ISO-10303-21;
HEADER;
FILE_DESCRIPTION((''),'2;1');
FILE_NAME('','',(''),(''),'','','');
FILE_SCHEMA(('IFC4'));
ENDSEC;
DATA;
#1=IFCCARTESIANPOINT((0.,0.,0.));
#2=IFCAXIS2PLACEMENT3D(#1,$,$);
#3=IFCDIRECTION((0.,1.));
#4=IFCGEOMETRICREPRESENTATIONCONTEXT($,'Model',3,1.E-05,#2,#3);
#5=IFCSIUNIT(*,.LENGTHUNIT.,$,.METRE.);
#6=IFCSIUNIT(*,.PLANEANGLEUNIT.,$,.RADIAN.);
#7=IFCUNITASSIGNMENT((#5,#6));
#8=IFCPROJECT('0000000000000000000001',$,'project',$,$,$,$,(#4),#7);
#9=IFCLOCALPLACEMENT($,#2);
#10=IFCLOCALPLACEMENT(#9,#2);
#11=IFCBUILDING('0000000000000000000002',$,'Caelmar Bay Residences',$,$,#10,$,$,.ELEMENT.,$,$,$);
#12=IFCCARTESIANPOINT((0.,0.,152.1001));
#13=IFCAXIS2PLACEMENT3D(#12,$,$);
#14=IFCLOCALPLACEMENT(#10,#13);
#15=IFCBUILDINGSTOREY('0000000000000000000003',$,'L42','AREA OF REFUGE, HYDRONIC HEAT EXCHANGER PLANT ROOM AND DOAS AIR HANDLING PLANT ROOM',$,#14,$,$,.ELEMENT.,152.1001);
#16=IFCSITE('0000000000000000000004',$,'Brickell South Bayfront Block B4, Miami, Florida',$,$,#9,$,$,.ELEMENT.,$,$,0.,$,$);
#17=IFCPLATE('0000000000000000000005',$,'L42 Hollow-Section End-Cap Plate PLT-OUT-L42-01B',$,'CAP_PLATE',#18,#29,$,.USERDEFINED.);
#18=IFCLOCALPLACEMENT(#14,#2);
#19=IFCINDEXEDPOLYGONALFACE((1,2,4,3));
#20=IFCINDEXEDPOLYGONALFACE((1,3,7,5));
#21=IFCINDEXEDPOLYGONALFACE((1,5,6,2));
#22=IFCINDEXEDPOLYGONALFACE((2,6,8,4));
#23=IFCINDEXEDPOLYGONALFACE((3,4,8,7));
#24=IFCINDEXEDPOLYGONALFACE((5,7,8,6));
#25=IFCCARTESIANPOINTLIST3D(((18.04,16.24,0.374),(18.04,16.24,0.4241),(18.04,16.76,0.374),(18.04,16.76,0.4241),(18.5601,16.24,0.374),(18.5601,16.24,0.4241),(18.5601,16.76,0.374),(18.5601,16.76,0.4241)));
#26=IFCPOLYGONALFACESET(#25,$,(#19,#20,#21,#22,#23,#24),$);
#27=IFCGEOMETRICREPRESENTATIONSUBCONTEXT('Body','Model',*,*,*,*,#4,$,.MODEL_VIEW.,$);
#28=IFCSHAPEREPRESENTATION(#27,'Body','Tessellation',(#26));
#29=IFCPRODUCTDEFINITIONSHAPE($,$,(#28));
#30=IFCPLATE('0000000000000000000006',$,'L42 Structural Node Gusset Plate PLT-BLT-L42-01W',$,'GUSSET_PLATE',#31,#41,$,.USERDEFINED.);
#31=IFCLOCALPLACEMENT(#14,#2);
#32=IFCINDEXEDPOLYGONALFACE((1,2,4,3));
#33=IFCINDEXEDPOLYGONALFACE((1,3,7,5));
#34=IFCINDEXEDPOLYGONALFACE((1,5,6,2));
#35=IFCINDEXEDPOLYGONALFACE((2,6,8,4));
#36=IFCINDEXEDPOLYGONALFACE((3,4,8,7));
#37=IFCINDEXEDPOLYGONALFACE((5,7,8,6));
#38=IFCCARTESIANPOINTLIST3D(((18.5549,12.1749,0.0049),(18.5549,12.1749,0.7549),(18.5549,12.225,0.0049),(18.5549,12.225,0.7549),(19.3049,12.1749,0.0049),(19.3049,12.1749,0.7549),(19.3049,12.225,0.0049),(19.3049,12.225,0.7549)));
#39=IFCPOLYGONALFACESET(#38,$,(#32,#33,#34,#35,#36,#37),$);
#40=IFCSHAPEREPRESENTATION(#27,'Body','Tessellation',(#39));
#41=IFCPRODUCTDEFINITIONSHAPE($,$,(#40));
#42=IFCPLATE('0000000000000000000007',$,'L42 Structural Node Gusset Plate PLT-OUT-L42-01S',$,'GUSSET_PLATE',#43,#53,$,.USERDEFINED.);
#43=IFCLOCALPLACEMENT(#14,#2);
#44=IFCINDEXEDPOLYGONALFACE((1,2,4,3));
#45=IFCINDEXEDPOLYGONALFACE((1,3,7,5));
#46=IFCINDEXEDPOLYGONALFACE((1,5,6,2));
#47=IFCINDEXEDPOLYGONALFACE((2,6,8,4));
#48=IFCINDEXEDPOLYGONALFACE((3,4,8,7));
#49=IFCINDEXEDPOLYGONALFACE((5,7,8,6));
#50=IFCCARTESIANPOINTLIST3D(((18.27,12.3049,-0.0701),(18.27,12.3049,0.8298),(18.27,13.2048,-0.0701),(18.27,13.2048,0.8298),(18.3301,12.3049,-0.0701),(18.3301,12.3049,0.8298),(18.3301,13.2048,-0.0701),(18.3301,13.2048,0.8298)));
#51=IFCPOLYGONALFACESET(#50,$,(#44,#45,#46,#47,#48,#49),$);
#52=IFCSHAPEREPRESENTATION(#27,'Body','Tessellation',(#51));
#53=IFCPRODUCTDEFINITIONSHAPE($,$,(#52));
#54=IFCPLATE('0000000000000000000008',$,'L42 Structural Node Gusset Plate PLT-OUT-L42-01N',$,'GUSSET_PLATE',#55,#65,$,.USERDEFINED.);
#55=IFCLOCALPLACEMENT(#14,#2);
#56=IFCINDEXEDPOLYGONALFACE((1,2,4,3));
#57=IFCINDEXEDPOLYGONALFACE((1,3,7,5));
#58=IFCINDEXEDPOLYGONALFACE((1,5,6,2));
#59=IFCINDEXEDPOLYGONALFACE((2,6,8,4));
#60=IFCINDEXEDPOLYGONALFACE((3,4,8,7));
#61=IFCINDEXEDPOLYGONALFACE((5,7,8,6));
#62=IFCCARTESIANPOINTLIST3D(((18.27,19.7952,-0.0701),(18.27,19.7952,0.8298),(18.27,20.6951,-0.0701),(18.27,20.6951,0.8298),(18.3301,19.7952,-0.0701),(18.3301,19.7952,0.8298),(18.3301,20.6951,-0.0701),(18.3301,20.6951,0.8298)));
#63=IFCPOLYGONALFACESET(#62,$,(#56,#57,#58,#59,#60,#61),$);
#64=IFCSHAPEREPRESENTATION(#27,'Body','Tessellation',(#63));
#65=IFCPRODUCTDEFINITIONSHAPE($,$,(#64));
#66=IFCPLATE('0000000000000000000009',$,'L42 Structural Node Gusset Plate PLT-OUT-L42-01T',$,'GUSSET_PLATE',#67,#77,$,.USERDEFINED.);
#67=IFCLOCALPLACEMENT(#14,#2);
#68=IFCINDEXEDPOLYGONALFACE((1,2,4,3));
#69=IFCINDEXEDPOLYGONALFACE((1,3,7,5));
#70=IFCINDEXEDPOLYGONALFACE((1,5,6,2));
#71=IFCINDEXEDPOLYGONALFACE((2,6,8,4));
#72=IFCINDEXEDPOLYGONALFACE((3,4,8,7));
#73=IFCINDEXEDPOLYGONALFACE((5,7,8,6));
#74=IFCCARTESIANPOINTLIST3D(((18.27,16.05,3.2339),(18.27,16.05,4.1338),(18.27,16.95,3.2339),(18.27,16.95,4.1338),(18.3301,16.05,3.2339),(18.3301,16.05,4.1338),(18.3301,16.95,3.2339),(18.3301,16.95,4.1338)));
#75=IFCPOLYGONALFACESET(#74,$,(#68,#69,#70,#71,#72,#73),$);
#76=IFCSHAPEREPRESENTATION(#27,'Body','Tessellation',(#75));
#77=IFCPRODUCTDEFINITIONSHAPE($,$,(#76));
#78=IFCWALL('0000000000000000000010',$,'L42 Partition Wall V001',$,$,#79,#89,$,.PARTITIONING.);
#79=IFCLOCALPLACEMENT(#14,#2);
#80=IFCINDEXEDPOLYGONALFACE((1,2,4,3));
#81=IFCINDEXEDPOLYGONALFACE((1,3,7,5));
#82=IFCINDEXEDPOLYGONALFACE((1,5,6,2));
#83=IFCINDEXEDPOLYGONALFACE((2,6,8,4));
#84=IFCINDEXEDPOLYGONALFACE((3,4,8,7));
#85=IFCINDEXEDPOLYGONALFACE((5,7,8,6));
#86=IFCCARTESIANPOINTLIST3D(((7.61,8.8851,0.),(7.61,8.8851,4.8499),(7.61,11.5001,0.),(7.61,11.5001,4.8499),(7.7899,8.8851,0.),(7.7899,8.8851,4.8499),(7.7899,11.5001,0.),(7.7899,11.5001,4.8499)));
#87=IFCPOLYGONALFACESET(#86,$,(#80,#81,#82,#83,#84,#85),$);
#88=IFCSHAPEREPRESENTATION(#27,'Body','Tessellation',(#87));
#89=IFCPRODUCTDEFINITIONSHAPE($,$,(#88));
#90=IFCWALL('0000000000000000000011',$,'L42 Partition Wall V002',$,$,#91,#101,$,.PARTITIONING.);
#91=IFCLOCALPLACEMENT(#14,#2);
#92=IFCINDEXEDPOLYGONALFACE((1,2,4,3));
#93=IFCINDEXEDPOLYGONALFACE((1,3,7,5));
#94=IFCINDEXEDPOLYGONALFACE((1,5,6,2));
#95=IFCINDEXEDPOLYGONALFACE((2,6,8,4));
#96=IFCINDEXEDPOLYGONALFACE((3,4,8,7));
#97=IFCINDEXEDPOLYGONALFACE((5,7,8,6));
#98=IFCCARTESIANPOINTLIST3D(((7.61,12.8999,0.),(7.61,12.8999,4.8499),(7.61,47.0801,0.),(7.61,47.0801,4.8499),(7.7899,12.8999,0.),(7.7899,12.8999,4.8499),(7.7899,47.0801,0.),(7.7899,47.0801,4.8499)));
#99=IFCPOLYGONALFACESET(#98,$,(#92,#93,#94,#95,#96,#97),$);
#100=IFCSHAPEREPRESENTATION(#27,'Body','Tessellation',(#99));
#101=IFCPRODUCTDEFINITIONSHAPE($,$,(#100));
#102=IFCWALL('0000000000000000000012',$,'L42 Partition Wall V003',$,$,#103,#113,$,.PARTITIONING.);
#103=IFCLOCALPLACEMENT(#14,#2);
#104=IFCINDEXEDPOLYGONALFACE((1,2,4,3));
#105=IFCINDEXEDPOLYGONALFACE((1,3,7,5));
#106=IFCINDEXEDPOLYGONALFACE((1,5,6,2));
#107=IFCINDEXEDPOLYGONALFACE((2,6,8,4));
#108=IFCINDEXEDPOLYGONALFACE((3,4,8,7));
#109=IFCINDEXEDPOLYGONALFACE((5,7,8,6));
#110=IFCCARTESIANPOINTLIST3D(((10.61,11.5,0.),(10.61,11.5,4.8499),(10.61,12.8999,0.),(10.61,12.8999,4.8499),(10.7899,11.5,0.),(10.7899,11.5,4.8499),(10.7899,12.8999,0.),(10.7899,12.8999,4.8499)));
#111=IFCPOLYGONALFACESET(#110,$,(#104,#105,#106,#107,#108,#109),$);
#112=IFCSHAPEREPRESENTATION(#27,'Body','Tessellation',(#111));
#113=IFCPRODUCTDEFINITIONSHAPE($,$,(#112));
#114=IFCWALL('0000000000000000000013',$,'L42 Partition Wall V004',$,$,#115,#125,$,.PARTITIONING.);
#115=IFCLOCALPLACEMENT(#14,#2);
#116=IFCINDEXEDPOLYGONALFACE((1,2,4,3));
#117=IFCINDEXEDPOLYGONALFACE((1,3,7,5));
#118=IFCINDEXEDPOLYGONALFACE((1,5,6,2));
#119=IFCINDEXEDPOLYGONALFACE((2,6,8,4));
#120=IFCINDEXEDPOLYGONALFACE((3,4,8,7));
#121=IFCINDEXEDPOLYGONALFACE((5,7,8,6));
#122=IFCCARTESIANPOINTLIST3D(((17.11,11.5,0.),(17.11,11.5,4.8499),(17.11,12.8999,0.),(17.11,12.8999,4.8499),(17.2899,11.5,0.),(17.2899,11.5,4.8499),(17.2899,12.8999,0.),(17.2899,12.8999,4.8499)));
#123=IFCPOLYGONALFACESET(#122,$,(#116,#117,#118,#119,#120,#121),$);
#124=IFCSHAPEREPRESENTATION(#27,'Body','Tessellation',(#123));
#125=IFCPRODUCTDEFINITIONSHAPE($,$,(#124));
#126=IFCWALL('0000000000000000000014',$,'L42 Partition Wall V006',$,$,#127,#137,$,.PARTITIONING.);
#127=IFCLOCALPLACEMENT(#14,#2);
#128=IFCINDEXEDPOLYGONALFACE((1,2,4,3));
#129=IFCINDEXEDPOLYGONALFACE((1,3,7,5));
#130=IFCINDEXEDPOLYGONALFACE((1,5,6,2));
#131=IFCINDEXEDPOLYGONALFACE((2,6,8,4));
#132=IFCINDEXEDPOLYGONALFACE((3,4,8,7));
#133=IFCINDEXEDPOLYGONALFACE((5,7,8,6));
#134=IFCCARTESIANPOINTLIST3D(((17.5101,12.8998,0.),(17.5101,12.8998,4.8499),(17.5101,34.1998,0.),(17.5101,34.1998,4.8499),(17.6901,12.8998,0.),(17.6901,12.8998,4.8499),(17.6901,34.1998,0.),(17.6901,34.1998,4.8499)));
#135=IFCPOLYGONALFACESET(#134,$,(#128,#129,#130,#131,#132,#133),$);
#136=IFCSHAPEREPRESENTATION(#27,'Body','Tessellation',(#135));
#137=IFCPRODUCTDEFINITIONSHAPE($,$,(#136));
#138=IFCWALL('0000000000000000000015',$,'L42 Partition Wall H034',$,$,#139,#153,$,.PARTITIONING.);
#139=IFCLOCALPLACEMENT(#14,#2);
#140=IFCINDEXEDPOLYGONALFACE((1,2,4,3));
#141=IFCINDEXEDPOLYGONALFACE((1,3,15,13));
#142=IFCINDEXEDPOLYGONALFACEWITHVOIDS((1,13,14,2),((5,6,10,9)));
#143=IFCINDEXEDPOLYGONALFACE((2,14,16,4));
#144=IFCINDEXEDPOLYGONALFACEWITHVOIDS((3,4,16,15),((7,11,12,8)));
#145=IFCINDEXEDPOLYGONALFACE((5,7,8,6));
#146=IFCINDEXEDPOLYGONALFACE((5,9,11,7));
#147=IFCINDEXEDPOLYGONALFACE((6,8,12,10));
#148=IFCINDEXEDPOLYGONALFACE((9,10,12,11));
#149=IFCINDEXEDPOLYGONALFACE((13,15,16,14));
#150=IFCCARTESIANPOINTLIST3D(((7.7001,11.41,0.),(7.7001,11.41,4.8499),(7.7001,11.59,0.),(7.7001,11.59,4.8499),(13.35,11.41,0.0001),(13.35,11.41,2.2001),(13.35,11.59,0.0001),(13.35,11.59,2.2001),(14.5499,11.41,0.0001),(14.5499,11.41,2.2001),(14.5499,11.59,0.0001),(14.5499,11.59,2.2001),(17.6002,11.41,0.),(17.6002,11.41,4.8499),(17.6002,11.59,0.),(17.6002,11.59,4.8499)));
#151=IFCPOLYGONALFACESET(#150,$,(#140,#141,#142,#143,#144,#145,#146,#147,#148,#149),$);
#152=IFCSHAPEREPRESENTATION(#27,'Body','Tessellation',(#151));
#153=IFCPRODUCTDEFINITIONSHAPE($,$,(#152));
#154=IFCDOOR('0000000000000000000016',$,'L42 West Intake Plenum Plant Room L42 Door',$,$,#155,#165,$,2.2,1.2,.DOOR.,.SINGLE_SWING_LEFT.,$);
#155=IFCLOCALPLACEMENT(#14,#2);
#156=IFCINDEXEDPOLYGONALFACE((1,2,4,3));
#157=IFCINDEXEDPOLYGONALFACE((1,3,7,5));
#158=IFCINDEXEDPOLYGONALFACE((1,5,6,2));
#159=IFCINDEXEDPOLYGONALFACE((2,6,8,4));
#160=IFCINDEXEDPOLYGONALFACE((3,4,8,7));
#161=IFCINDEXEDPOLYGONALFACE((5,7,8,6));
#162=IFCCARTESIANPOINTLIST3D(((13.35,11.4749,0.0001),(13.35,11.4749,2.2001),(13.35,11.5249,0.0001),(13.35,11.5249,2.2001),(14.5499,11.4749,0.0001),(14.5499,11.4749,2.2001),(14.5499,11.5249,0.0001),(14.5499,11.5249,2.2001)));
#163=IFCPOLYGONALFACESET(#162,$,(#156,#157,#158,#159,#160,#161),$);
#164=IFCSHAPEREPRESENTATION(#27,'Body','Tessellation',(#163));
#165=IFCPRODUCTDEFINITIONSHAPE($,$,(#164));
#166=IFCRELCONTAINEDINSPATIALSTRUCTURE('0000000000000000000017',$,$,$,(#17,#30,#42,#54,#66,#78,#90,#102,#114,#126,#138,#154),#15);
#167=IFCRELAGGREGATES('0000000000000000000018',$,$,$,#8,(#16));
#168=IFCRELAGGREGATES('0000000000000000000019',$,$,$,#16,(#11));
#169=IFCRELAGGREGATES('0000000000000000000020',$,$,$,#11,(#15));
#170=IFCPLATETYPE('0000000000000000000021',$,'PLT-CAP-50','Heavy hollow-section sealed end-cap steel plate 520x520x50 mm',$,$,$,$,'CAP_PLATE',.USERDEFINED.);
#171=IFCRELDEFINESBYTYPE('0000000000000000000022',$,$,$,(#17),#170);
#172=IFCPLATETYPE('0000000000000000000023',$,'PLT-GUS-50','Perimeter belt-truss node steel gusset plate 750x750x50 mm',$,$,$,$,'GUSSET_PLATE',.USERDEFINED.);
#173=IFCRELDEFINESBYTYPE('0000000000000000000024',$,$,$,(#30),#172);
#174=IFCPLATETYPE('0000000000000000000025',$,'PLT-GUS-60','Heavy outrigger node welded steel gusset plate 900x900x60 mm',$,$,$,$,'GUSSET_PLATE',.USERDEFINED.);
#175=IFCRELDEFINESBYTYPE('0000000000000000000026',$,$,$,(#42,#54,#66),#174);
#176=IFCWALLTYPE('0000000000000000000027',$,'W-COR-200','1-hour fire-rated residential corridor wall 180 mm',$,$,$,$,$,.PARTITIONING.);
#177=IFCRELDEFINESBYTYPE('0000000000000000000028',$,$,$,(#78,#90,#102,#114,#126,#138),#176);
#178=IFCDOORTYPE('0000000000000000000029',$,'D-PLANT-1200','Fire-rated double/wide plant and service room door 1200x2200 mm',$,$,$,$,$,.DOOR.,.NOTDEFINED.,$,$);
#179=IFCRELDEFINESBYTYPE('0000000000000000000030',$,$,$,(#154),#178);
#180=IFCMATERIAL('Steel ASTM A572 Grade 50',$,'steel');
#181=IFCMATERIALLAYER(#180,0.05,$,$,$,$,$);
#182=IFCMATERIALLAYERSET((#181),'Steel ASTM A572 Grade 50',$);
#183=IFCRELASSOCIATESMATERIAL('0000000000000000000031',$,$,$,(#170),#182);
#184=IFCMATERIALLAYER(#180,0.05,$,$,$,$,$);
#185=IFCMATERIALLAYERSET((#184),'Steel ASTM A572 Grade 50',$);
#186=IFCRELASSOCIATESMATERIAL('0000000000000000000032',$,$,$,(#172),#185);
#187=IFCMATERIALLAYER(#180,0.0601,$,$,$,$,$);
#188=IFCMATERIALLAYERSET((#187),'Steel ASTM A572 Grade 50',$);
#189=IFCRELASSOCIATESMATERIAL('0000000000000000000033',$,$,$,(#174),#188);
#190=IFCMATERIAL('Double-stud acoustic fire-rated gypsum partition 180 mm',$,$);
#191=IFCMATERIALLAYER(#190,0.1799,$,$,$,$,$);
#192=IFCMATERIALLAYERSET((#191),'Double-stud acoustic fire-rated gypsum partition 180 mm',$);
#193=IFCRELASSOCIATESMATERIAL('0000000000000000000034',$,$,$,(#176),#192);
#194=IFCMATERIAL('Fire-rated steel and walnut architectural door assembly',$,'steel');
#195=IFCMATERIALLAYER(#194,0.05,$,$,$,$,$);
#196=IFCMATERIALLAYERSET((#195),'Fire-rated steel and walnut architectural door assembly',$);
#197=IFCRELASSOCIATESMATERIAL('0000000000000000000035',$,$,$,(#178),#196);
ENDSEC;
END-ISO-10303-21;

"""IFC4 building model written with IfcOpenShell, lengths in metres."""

from ifc_helpers import new_model, si_unit, direction, frame, frame_2d, origin, origin_2d, place, context, subcontext, project, spatial, rectangle, extrude, material, layer, layer_set, type_object, element, fill, save


model = new_model("IFC4")

# Units and contexts
model_context = context("Model", 3, precision=1e-05, world=origin(), true_north=direction((0.0, 1.0)))
body_context = subcontext(model_context, "Body", "Model", "MODEL_VIEW")
ifc_project = project(units=[si_unit("LENGTHUNIT", "METRE"), si_unit("PLANEANGLEUNIT", "RADIAN")], contexts=[model_context])

# Site, building, storey
site_placement = place(None, origin())
site = spatial("IfcSite", under=ifc_project, at=site_placement, Name="Brickell South Bayfront Block B4, Miami, Florida", CompositionType="ELEMENT", RefElevation=0.0)
building_placement = place(site_placement, origin())
building = spatial("IfcBuilding", under=site, at=building_placement, Name="Caelmar Bay Residences", CompositionType="ELEMENT")
storey_placement = place(building_placement, frame((0.0, 0.0, 152.1001)))
storey = spatial("IfcBuildingStorey", under=building, at=storey_placement, Name="L42", Description="AREA OF REFUGE, HYDRONIC HEAT EXCHANGER PLANT ROOM AND DOAS AIR HANDLING PLANT ROOM", CompositionType="ELEMENT", Elevation=152.1001)

# Plates
ifc_material_1 = material(Name="Steel ASTM A572 Grade 50", Category="steel")
ifc_layer_1 = layer(ifc_material_1, 0.05)
ifc_layer_set_1 = layer_set([ifc_layer_1], Name="Steel ASTM A572 Grade 50")
plate_type_1 = type_object("IfcPlateType", Name="PLT-CAP-50", Description="Heavy hollow-section sealed end-cap steel plate 520x520x50 mm", ElementType="CAP_PLATE", PredefinedType="USERDEFINED", material=ifc_layer_set_1)
plate_1_placement = place(storey_placement, frame((18.3, 16.5, 0.374), z_axis=(0.0, 0.0, 1.0), x_axis=(1.0, 0.0, 0.0)))
element("IfcPlate", 1, at=plate_1_placement, inside=storey, type_object=plate_type_1, Name="L42 Hollow-Section End-Cap Plate PLT-OUT-L42-01B", ObjectType="CAP_PLATE", PredefinedType="USERDEFINED", context=body_context, shape_type="SweptSolid", body=[
    extrude(rectangle(XDim=0.52, YDim=0.52, at=origin_2d()), origin(), (0.0, 0.0, 1.0), 0.05),
])
ifc_layer_2 = layer(ifc_material_1, 0.05)
ifc_layer_set_2 = layer_set([ifc_layer_2], Name="Steel ASTM A572 Grade 50")
plate_type_2 = type_object("IfcPlateType", Name="PLT-GUS-50", Description="Perimeter belt-truss node steel gusset plate 750x750x50 mm", ElementType="GUSSET_PLATE", PredefinedType="USERDEFINED", material=ifc_layer_set_2)
plate_2_placement = place(storey_placement, frame((18.9299, 12.2, 0.0049), z_axis=(0.0, 0.0, 1.0), x_axis=(1.0, 0.0, 0.0)))
element("IfcPlate", 2, at=plate_2_placement, inside=storey, type_object=plate_type_2, Name="L42 Structural Node Gusset Plate PLT-BLT-L42-01W", ObjectType="GUSSET_PLATE", PredefinedType="USERDEFINED", context=body_context, shape_type="SweptSolid", body=[
    extrude(rectangle(XDim=0.75, YDim=0.05, at=origin_2d()), origin(), (0.0, 0.0, 1.0), 0.75),
])
ifc_layer_3 = layer(ifc_material_1, 0.0601)
ifc_layer_set_3 = layer_set([ifc_layer_3], Name="Steel ASTM A572 Grade 50")
plate_type_3 = type_object("IfcPlateType", Name="PLT-GUS-60", Description="Heavy outrigger node welded steel gusset plate 900x900x60 mm", ElementType="GUSSET_PLATE", PredefinedType="USERDEFINED", material=ifc_layer_set_3)
for number, where, z_axis, x_axis, name in (
    (3, (18.3, 12.7549, -0.0701), (0.0, 0.0, 1.0), (0.0, 1.0, 0.0), "L42 Structural Node Gusset Plate PLT-OUT-L42-01S"),
    (4, (18.3, 20.2451, -0.0701), (0.0, 0.0, 1.0), (0.0, 1.0, 0.0), "L42 Structural Node Gusset Plate PLT-OUT-L42-01N"),
    (5, (18.3, 16.5, 3.2339), (0.0, 0.0, 1.0), (0.0, 1.0, 0.0), "L42 Structural Node Gusset Plate PLT-OUT-L42-01T"),
):
    element("IfcPlate", number, at=place(storey_placement, frame(where, z_axis=z_axis, x_axis=x_axis)), inside=storey, type_object=plate_type_3, Name=name, ObjectType="GUSSET_PLATE", PredefinedType="USERDEFINED", context=body_context, shape_type="SweptSolid", body=[
        extrude(rectangle(XDim=0.8999, YDim=0.0601, at=origin_2d()), origin(), (0.0, 0.0, 1.0), 0.8999),
    ])

# Walls
ifc_material_2 = material(Name="Double-stud acoustic fire-rated gypsum partition 180 mm")
ifc_layer_4 = layer(ifc_material_2, 0.1799)
ifc_layer_set_4 = layer_set([ifc_layer_4], Name="Double-stud acoustic fire-rated gypsum partition 180 mm")
wall_type = type_object("IfcWallType", Name="W-COR-200", Description="1-hour fire-rated residential corridor wall 180 mm", PredefinedType="PARTITIONING", material=ifc_layer_set_4)
wall_1_placement = place(storey_placement, frame((7.7, 8.885, 0.0), z_axis=(0.0, 0.0, 1.0), x_axis=(0.0, 1.0, 0.0)))
element("IfcWall", 6, at=wall_1_placement, inside=storey, type_object=wall_type, Name="L42 Partition Wall V001", PredefinedType="PARTITIONING", context=body_context, shape_type="SweptSolid", body=[
    extrude(rectangle(XDim=2.615, YDim=0.1799, at=frame_2d((1.3076, 0.0))), origin(), (0.0, 0.0, 1.0), 4.8499),
])
wall_2_placement = place(storey_placement, frame((7.7, 12.8999, 0.0), z_axis=(0.0, 0.0, 1.0), x_axis=(0.0, 1.0, 0.0)))
element("IfcWall", 7, at=wall_2_placement, inside=storey, type_object=wall_type, Name="L42 Partition Wall V002", PredefinedType="PARTITIONING", context=body_context, shape_type="SweptSolid", body=[
    extrude(rectangle(XDim=34.1802, YDim=0.1799, at=frame_2d((17.0901, 0.0))), origin(), (0.0, 0.0, 1.0), 4.8499),
])
for number, where, z_axis, x_axis, name in (
    (8, (10.7, 11.5, 0.0), (0.0, 0.0, 1.0), (0.0, 1.0, 0.0), "L42 Partition Wall V003"),
    (9, (17.2, 11.5, 0.0), (0.0, 0.0, 1.0), (0.0, 1.0, 0.0), "L42 Partition Wall V004"),
):
    element("IfcWall", number, at=place(storey_placement, frame(where, z_axis=z_axis, x_axis=x_axis)), inside=storey, type_object=wall_type, Name=name, PredefinedType="PARTITIONING", context=body_context, shape_type="SweptSolid", body=[
        extrude(rectangle(XDim=1.3999, YDim=0.1799, at=frame_2d((0.7, 0.0))), origin(), (0.0, 0.0, 1.0), 4.8499),
    ])
wall_3_placement = place(storey_placement, frame((17.6001, 12.8999, 0.0), z_axis=(0.0, 0.0, 1.0), x_axis=(0.0, 1.0, 0.0)))
element("IfcWall", 10, at=wall_3_placement, inside=storey, type_object=wall_type, Name="L42 Partition Wall V006", PredefinedType="PARTITIONING", context=body_context, shape_type="SweptSolid", body=[
    extrude(rectangle(XDim=21.3, YDim=0.1799, at=frame_2d((10.6499, 0.0))), origin(), (0.0, 0.0, 1.0), 4.8499),
])

# Wall, opening, door
wall_4_placement = place(storey_placement, frame((7.7, 11.5, 0.0), z_axis=(0.0, 0.0, 1.0), x_axis=(1.0, 0.0, 0.0)))
wall_4 = element("IfcWall", 11, at=wall_4_placement, inside=storey, type_object=wall_type, Name="L42 Partition Wall H034", PredefinedType="PARTITIONING", context=body_context, shape_type="SweptSolid", body=[
    extrude(rectangle(XDim=9.9001, YDim=0.1799, at=frame_2d((4.9502, 0.0))), origin(), (0.0, 0.0, 1.0), 4.8499),
])
opening_1_placement = place(wall_4_placement, frame((5.6499, 0.0, 0.0)))
opening_1 = element("IfcOpeningElement", 12, at=opening_1_placement, cuts=wall_4, PredefinedType="OPENING", context=body_context, shape_type="SweptSolid", body=[
    extrude(rectangle(XDim=1.2, YDim=2.2, at=frame_2d((0.6001, 1.1001))), frame((0.0, 0.0999, 0.0), z_axis=(0.0, -1.0, 0.0), x_axis=(1.0, 0.0, 0.0)), (0.0, 0.0, 1.0), 0.2),
])
ifc_material_3 = material(Name="Fire-rated steel and walnut architectural door assembly", Category="steel")
ifc_layer_5 = layer(ifc_material_3, 0.05)
ifc_layer_set_5 = layer_set([ifc_layer_5], Name="Fire-rated steel and walnut architectural door assembly")
door_type = type_object("IfcDoorType", Name="D-PLANT-1200", Description="Fire-rated double/wide plant and service room door 1200x2200 mm", OperationType="NOTDEFINED", PredefinedType="DOOR", material=ifc_layer_set_5)
door_1_placement = place(opening_1_placement, origin())
door_1 = element("IfcDoor", 13, at=door_1_placement, inside=storey, type_object=door_type, Name="L42 West Intake Plenum Plant Room L42 Door", OperationType="SINGLE_SWING_LEFT", OverallHeight=2.2, OverallWidth=1.2, PredefinedType="DOOR", context=body_context, shape_type="SweptSolid", body=[
    extrude(rectangle(XDim=1.2, YDim=2.2, at=frame_2d((0.6001, 1.1001))), frame((0.0, 0.0249, 0.0), z_axis=(0.0, -1.0, 0.0), x_axis=(1.0, 0.0, 0.0)), (0.0, 0.0, 1.0), 0.05),
])
fill(opening_1, door_1)

save(model, "model.ifc")
